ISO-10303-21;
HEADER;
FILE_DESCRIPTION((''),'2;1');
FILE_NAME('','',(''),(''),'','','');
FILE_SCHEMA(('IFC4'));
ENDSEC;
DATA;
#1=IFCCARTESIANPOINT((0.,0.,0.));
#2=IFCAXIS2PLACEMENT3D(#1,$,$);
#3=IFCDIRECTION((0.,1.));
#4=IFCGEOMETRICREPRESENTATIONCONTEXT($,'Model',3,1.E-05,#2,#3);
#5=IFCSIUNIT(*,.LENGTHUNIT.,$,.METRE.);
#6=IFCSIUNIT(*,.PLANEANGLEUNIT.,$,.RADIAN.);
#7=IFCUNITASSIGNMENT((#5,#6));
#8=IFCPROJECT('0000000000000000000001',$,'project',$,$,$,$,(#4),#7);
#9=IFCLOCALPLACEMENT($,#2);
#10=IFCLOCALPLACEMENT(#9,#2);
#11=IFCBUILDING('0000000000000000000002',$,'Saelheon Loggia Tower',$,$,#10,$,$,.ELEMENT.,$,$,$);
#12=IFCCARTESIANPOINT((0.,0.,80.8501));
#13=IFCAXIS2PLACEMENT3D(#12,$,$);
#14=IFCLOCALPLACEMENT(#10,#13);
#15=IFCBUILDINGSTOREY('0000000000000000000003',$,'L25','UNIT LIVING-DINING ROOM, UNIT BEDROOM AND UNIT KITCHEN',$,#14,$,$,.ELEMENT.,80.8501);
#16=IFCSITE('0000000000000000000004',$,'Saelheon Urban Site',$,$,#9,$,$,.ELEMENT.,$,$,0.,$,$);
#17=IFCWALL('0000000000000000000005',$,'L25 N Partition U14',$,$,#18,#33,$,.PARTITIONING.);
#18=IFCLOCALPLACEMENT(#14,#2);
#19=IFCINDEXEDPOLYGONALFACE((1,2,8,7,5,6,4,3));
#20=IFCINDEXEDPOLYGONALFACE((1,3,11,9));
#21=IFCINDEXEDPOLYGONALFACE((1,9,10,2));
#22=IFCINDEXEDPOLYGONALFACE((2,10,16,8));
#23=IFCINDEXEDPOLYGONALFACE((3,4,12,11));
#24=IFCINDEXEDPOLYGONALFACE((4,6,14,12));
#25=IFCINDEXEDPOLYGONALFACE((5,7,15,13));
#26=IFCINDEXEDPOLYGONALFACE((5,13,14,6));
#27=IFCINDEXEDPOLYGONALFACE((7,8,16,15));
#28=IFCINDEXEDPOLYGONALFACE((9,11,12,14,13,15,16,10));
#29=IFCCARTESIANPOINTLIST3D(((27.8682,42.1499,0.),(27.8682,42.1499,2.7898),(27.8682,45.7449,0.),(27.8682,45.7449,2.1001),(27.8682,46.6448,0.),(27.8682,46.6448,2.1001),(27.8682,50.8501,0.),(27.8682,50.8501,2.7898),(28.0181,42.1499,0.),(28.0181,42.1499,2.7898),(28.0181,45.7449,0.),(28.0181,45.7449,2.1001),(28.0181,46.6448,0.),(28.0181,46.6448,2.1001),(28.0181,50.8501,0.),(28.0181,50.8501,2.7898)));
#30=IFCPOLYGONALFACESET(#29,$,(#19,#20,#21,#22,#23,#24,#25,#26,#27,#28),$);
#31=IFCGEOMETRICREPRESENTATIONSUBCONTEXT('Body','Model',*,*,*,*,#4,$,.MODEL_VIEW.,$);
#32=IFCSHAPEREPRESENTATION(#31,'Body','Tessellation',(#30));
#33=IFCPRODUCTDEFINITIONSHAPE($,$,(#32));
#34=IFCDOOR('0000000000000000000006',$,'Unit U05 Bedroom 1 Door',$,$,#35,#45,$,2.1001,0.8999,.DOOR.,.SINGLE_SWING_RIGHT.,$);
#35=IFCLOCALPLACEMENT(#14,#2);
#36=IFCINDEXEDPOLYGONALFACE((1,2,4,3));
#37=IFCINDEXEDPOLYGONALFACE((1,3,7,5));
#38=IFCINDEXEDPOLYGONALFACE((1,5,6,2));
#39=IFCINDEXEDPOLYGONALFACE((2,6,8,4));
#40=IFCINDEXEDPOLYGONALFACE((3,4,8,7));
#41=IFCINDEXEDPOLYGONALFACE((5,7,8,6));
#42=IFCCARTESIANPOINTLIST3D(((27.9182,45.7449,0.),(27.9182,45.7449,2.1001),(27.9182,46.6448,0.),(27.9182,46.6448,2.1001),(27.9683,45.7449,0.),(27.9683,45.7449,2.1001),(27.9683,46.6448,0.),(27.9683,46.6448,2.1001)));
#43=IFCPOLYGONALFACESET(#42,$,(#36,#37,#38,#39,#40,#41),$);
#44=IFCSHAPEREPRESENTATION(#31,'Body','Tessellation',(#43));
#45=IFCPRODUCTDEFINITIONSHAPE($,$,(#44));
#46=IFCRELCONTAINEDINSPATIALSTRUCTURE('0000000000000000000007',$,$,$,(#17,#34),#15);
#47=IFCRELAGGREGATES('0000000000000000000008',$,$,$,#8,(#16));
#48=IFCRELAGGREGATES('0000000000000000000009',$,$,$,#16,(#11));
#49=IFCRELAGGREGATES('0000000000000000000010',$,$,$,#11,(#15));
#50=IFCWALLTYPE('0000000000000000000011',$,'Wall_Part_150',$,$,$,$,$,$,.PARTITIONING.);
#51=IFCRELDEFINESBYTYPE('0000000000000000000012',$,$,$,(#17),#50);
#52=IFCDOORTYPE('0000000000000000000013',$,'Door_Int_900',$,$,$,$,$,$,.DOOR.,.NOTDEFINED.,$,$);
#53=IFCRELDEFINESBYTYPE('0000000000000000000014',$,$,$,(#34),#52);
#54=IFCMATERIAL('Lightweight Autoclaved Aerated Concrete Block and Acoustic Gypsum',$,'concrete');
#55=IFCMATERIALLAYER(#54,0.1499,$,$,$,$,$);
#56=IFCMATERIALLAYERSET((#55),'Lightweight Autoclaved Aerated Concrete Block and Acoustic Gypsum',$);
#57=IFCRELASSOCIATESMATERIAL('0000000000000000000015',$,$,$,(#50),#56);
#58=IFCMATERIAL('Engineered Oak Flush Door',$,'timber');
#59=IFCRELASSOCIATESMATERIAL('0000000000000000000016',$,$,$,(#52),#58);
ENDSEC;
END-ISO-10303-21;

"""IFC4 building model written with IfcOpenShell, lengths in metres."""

from ifc_helpers import new_model, si_unit, direction, frame, frame_2d, origin, place, context, subcontext, project, spatial, rectangle, extrude, source, transform, mapped, material, layer, layer_set, type_object, element, fill, save


model = new_model("IFC4")

# Units and contexts
model_context = context("Model", 3, precision=1e-05, world=origin(), true_north=direction((0.0, 1.0)))
body_context = subcontext(model_context, "Body", "Model", "MODEL_VIEW")
ifc_project = project(units=[si_unit("LENGTHUNIT", "METRE"), si_unit("PLANEANGLEUNIT", "RADIAN")], contexts=[model_context])

# Site, building, storey
site_placement = place(None, origin())
site = spatial("IfcSite", under=ifc_project, at=site_placement, Name="Saelheon Urban Site", CompositionType="ELEMENT", RefElevation=0.0)
building_placement = place(site_placement, origin())
building = spatial("IfcBuilding", under=site, at=building_placement, Name="Saelheon Loggia Tower", CompositionType="ELEMENT")
storey_placement = place(building_placement, frame((0.0, 0.0, 80.8501)))
storey = spatial("IfcBuildingStorey", under=building, at=storey_placement, Name="L25", Description="UNIT LIVING-DINING ROOM, UNIT BEDROOM AND UNIT KITCHEN", CompositionType="ELEMENT", Elevation=80.8501)

# Wall, opening, door
ifc_material_1 = material(Name="Lightweight Autoclaved Aerated Concrete Block and Acoustic Gypsum", Category="concrete")
ifc_layer_1 = layer(ifc_material_1, 0.1499)
ifc_layer_set_1 = layer_set([ifc_layer_1], Name="Lightweight Autoclaved Aerated Concrete Block and Acoustic Gypsum")
wall_type_1 = type_object("IfcWallType", Name="Wall_Part_150", PredefinedType="PARTITIONING", material=ifc_layer_set_1)
wall_1_placement = place(storey_placement, frame((27.9431, 42.1499, 0.0), z_axis=(0.0, 0.0, 1.0), x_axis=(0.0, 1.0, 0.0)))
wall_1 = element("IfcWall", 1, at=wall_1_placement, inside=storey, type_object=wall_type_1, Name="L25 N Partition U14", PredefinedType="PARTITIONING", context=body_context, shape_type="SweptSolid", body=[
    extrude(rectangle(XDim=8.7002, YDim=0.1499, at=frame_2d((4.3501, 0.0))), origin(), (0.0, 0.0, 1.0), 2.7898),
])
opening_1_placement = place(wall_1_placement, frame((3.595, 0.0, 0.0)))
opening_1 = element("IfcOpeningElement", 2, at=opening_1_placement, cuts=wall_1, PredefinedType="OPENING", context=body_context, shape_type="SweptSolid", body=[
    extrude(rectangle(XDim=0.8999, YDim=2.1001, at=frame_2d((0.45, 1.05))), frame((0.0, 0.0869, 0.0), z_axis=(0.0, -1.0, 0.0), x_axis=(1.0, 0.0, 0.0)), (0.0, 0.0, 1.0), 0.1738),
])
ifc_material_2 = material(Name="Engineered Oak Flush Door", Category="timber")
door_type_1 = type_object("IfcDoorType", Name="Door_Int_900", OperationType="NOTDEFINED", PredefinedType="DOOR", material=ifc_material_2)
shared_shape_1 = source(origin(), body_context, "Body", "SweptSolid", [
    extrude(rectangle(XDim=0.8999, YDim=2.1001, at=frame_2d((0.45, 1.05))), frame((0.0, 0.0249, 0.0), z_axis=(0.0, -1.0, 0.0), x_axis=(1.0, 0.0, 0.0)), (0.0, 0.0, 1.0), 0.05),
])
door_1_placement = place(opening_1_placement, origin())
door_1 = element("IfcDoor", 3, at=door_1_placement, inside=storey, type_object=door_type_1, Name="Unit U05 Bedroom 1 Door", OperationType="SINGLE_SWING_RIGHT", OverallHeight=2.1001, OverallWidth=0.8999, PredefinedType="DOOR", context=body_context, shape_type="MappedRepresentation", body=[
    mapped(shared_shape_1, transform((0.0, 0.0, 0.0), scale=1.0)),
])
fill(opening_1, door_1)

save(model, "model.ifc")
